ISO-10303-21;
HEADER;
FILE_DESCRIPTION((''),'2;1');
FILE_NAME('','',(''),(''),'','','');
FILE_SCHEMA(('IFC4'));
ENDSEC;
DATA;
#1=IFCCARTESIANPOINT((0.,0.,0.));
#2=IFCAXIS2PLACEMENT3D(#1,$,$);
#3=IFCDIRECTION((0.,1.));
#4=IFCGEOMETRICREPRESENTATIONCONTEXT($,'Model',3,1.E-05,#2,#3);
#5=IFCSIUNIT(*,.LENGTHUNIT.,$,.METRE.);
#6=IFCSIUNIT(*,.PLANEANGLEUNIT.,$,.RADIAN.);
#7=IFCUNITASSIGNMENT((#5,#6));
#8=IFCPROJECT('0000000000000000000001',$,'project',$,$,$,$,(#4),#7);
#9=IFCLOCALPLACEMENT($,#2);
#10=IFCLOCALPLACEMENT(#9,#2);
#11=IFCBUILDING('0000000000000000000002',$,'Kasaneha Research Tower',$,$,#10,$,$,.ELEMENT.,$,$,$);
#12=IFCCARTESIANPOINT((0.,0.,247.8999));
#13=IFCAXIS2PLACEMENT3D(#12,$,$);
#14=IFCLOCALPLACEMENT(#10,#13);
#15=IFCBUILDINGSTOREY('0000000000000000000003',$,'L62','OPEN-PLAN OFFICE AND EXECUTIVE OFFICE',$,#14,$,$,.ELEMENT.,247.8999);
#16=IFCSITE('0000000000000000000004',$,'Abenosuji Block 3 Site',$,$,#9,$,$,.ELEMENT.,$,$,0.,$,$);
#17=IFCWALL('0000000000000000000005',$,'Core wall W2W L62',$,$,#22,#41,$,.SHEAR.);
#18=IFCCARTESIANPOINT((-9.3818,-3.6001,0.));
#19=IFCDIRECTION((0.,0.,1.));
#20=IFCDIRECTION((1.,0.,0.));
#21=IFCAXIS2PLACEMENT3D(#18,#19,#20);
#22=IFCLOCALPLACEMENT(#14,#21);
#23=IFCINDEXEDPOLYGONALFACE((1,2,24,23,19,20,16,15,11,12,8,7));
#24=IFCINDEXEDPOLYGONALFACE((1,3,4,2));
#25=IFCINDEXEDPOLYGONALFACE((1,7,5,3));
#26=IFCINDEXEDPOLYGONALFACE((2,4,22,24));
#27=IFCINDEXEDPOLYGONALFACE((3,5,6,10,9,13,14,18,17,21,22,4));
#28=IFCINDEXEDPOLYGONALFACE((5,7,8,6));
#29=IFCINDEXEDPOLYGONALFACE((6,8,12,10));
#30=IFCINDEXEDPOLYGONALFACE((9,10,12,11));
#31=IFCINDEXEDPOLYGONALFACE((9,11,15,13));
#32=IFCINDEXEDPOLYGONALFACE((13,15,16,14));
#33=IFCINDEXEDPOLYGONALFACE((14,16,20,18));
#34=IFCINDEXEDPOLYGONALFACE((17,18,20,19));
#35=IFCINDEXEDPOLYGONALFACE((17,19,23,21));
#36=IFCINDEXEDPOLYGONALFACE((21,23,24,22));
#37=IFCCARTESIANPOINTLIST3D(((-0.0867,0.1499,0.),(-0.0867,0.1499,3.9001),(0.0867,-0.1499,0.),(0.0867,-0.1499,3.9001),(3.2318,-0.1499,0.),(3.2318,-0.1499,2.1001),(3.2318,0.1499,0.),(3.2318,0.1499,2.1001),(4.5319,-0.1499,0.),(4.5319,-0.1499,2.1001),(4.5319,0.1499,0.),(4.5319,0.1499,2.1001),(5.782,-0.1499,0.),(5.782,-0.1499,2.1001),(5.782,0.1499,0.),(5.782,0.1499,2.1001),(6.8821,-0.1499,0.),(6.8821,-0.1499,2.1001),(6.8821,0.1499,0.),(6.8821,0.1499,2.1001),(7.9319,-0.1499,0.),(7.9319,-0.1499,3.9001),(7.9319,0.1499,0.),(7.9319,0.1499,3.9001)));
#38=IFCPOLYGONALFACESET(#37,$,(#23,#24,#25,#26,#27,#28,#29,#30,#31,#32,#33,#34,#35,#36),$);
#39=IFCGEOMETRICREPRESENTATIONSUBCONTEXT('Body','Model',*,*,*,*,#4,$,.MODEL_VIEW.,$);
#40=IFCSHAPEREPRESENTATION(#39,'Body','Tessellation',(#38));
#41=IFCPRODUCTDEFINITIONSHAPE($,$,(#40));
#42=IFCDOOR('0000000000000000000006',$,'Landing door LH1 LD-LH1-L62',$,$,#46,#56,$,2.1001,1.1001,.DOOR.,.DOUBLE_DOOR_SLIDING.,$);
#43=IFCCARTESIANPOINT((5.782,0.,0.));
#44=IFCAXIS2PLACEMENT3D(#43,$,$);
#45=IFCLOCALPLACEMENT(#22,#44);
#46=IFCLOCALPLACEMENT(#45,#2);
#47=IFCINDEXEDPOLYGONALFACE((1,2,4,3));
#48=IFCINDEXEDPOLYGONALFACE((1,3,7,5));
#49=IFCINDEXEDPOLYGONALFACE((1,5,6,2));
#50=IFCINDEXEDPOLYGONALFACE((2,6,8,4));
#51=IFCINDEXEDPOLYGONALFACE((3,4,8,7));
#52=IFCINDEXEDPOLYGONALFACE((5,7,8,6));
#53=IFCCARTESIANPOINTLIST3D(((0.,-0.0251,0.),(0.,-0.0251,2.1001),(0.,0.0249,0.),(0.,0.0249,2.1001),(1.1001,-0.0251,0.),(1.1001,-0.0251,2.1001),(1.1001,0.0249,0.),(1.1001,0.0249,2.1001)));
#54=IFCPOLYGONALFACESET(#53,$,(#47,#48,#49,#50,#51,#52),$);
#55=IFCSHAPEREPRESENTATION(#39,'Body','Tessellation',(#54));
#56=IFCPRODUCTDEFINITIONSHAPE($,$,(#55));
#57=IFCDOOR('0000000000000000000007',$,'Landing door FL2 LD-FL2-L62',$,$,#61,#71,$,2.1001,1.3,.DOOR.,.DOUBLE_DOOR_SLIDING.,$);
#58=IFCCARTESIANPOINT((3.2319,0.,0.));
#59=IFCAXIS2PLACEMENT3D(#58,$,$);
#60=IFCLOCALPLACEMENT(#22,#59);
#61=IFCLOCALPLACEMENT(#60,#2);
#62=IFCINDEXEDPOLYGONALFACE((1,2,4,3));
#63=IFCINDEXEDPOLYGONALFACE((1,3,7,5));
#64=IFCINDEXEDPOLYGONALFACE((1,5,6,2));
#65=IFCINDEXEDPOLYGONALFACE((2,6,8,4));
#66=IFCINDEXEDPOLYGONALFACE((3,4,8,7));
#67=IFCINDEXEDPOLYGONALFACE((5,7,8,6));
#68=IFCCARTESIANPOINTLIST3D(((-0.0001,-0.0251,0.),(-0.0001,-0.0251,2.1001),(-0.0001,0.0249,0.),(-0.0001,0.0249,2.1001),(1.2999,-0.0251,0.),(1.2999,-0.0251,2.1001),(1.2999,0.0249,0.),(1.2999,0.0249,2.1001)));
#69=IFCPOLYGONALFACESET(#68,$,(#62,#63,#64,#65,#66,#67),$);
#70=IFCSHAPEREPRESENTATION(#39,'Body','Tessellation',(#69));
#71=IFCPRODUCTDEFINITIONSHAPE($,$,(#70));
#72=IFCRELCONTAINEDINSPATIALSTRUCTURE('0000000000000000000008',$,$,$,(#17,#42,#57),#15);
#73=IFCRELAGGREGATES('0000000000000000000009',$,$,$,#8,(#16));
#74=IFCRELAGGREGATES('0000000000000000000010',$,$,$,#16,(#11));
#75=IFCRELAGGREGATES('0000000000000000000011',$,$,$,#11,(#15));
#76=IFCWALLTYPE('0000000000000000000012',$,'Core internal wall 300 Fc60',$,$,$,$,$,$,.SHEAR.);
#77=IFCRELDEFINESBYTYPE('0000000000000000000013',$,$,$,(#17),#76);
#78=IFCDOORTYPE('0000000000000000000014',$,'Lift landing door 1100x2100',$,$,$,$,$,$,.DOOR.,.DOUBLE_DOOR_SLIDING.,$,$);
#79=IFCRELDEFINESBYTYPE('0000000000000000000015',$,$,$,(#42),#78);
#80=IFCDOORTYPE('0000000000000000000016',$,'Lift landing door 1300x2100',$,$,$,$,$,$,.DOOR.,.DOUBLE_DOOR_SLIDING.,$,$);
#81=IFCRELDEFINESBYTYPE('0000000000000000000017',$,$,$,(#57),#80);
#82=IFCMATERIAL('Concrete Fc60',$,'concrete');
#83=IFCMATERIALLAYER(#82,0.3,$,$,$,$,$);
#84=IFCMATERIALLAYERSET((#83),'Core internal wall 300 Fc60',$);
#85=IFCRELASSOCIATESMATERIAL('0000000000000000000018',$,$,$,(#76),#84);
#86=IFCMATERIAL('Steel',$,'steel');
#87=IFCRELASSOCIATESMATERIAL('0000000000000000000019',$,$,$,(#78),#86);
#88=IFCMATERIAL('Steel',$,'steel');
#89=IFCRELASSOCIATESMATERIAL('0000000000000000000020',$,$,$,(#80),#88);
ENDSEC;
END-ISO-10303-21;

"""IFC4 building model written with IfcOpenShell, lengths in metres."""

from ifc_helpers import new_model, si_unit, direction, frame, frame_2d, origin, place, context, subcontext, project, spatial, polyline, rectangle, outline, extrude, material, layer, layer_set, type_object, element, fill, save


model = new_model("IFC4")

# Units and contexts
model_context = context("Model", 3, precision=1e-05, world=origin(), true_north=direction((0.0, 1.0)))
body_context = subcontext(model_context, "Body", "Model", "MODEL_VIEW")
ifc_project = project(units=[si_unit("LENGTHUNIT", "METRE"), si_unit("PLANEANGLEUNIT", "RADIAN")], contexts=[model_context])

# Site, building, storey
site_placement = place(None, origin())
site = spatial("IfcSite", under=ifc_project, at=site_placement, Name="Abenosuji Block 3 Site", CompositionType="ELEMENT", RefElevation=0.0)
building_placement = place(site_placement, origin())
building = spatial("IfcBuilding", under=site, at=building_placement, Name="Kasaneha Research Tower", CompositionType="ELEMENT")
storey_placement = place(building_placement, frame((0.0, 0.0, 247.8999)))
storey = spatial("IfcBuildingStorey", under=building, at=storey_placement, Name="L62", Description="OPEN-PLAN OFFICE AND EXECUTIVE OFFICE", CompositionType="ELEMENT", Elevation=247.8999)

# Wall, openings, doors
ifc_material_1 = material(Name="Concrete Fc60", Category="concrete")
ifc_layer_1 = layer(ifc_material_1, 0.3)
ifc_layer_set_1 = layer_set([ifc_layer_1], Name="Core internal wall 300 Fc60")
wall_type_1 = type_object("IfcWallType", Name="Core internal wall 300 Fc60", PredefinedType="SHEAR", material=ifc_layer_set_1)
wall_1_placement = place(storey_placement, frame((-9.3818, -3.6001, 0.0), z_axis=(0.0, 0.0, 1.0), x_axis=(1.0, 0.0, 0.0)))
wall_1 = element("IfcWall", 1, at=wall_1_placement, inside=storey, type_object=wall_type_1, Name="Core wall W2W L62", PredefinedType="SHEAR", context=body_context, shape_type="SweptSolid", body=[
    extrude(outline(polyline([(0.0867, -0.1499), (3.2319, -0.1499), (4.532, -0.1499), (5.782, -0.1499), (6.8821, -0.1499), (7.9319, -0.1499), (7.9319, 0.1499), (6.8821, 0.1499), (5.782, 0.1499), (4.532, 0.1499), (3.2319, 0.1499), (-0.0867, 0.1499), (0.0867, -0.1499)])), origin(), (0.0, 0.0, 1.0), 3.9001),
])
opening_1_placement = place(wall_1_placement, frame((5.782, 0.0, 0.0)))
opening_1 = element("IfcOpeningElement", 2, at=opening_1_placement, cuts=wall_1, PredefinedType="OPENING", context=body_context, shape_type="SweptSolid", body=[
    extrude(rectangle(XDim=1.1001, YDim=2.1001, at=frame_2d((0.55, 1.05))), frame((0.0, 0.1602, 0.0), z_axis=(0.0, -1.0, 0.0), x_axis=(1.0, 0.0, 0.0)), (0.0, 0.0, 1.0), 0.3201),
])
opening_2_placement = place(wall_1_placement, frame((3.2319, 0.0, 0.0)))
opening_2 = element("IfcOpeningElement", 3, at=opening_2_placement, cuts=wall_1, PredefinedType="OPENING", context=body_context, shape_type="SweptSolid", body=[
    extrude(rectangle(XDim=1.3, YDim=2.1001, at=frame_2d((0.6499, 1.05))), frame((0.0, 0.1602, 0.0), z_axis=(0.0, -1.0, 0.0), x_axis=(1.0, 0.0, 0.0)), (0.0, 0.0, 1.0), 0.3201),
])
ifc_material_2 = material(Name="Steel", Category="steel")
door_type_1 = type_object("IfcDoorType", Name="Lift landing door 1100x2100", OperationType="DOUBLE_DOOR_SLIDING", PredefinedType="DOOR", material=ifc_material_2)
door_1_placement = place(opening_1_placement, origin())
door_1 = element("IfcDoor", 4, at=door_1_placement, inside=storey, type_object=door_type_1, Name="Landing door LH1 LD-LH1-L62", OperationType="DOUBLE_DOOR_SLIDING", OverallHeight=2.1001, OverallWidth=1.1001, PredefinedType="DOOR", context=body_context, shape_type="SweptSolid", body=[
    extrude(rectangle(XDim=1.1001, YDim=2.1001, at=frame_2d((0.55, 1.05))), frame((0.0, 0.0249, 0.0), z_axis=(0.0, -1.0, 0.0), x_axis=(1.0, 0.0, 0.0)), (0.0, 0.0, 1.0), 0.05),
])
fill(opening_1, door_1)
ifc_material_3 = material(Name="Steel", Category="steel")
door_type_2 = type_object("IfcDoorType", Name="Lift landing door 1300x2100", OperationType="DOUBLE_DOOR_SLIDING", PredefinedType="DOOR", material=ifc_material_3)
door_2_placement = place(opening_2_placement, origin())
door_2 = element("IfcDoor", 5, at=door_2_placement, inside=storey, type_object=door_type_2, Name="Landing door FL2 LD-FL2-L62", OperationType="DOUBLE_DOOR_SLIDING", OverallHeight=2.1001, OverallWidth=1.3, PredefinedType="DOOR", context=body_context, shape_type="SweptSolid", body=[
    extrude(rectangle(XDim=1.3, YDim=2.1001, at=frame_2d((0.6499, 1.05))), frame((0.0, 0.0249, 0.0), z_axis=(0.0, -1.0, 0.0), x_axis=(1.0, 0.0, 0.0)), (0.0, 0.0, 1.0), 0.05),
])
fill(opening_2, door_2)

save(model, "model.ifc")
